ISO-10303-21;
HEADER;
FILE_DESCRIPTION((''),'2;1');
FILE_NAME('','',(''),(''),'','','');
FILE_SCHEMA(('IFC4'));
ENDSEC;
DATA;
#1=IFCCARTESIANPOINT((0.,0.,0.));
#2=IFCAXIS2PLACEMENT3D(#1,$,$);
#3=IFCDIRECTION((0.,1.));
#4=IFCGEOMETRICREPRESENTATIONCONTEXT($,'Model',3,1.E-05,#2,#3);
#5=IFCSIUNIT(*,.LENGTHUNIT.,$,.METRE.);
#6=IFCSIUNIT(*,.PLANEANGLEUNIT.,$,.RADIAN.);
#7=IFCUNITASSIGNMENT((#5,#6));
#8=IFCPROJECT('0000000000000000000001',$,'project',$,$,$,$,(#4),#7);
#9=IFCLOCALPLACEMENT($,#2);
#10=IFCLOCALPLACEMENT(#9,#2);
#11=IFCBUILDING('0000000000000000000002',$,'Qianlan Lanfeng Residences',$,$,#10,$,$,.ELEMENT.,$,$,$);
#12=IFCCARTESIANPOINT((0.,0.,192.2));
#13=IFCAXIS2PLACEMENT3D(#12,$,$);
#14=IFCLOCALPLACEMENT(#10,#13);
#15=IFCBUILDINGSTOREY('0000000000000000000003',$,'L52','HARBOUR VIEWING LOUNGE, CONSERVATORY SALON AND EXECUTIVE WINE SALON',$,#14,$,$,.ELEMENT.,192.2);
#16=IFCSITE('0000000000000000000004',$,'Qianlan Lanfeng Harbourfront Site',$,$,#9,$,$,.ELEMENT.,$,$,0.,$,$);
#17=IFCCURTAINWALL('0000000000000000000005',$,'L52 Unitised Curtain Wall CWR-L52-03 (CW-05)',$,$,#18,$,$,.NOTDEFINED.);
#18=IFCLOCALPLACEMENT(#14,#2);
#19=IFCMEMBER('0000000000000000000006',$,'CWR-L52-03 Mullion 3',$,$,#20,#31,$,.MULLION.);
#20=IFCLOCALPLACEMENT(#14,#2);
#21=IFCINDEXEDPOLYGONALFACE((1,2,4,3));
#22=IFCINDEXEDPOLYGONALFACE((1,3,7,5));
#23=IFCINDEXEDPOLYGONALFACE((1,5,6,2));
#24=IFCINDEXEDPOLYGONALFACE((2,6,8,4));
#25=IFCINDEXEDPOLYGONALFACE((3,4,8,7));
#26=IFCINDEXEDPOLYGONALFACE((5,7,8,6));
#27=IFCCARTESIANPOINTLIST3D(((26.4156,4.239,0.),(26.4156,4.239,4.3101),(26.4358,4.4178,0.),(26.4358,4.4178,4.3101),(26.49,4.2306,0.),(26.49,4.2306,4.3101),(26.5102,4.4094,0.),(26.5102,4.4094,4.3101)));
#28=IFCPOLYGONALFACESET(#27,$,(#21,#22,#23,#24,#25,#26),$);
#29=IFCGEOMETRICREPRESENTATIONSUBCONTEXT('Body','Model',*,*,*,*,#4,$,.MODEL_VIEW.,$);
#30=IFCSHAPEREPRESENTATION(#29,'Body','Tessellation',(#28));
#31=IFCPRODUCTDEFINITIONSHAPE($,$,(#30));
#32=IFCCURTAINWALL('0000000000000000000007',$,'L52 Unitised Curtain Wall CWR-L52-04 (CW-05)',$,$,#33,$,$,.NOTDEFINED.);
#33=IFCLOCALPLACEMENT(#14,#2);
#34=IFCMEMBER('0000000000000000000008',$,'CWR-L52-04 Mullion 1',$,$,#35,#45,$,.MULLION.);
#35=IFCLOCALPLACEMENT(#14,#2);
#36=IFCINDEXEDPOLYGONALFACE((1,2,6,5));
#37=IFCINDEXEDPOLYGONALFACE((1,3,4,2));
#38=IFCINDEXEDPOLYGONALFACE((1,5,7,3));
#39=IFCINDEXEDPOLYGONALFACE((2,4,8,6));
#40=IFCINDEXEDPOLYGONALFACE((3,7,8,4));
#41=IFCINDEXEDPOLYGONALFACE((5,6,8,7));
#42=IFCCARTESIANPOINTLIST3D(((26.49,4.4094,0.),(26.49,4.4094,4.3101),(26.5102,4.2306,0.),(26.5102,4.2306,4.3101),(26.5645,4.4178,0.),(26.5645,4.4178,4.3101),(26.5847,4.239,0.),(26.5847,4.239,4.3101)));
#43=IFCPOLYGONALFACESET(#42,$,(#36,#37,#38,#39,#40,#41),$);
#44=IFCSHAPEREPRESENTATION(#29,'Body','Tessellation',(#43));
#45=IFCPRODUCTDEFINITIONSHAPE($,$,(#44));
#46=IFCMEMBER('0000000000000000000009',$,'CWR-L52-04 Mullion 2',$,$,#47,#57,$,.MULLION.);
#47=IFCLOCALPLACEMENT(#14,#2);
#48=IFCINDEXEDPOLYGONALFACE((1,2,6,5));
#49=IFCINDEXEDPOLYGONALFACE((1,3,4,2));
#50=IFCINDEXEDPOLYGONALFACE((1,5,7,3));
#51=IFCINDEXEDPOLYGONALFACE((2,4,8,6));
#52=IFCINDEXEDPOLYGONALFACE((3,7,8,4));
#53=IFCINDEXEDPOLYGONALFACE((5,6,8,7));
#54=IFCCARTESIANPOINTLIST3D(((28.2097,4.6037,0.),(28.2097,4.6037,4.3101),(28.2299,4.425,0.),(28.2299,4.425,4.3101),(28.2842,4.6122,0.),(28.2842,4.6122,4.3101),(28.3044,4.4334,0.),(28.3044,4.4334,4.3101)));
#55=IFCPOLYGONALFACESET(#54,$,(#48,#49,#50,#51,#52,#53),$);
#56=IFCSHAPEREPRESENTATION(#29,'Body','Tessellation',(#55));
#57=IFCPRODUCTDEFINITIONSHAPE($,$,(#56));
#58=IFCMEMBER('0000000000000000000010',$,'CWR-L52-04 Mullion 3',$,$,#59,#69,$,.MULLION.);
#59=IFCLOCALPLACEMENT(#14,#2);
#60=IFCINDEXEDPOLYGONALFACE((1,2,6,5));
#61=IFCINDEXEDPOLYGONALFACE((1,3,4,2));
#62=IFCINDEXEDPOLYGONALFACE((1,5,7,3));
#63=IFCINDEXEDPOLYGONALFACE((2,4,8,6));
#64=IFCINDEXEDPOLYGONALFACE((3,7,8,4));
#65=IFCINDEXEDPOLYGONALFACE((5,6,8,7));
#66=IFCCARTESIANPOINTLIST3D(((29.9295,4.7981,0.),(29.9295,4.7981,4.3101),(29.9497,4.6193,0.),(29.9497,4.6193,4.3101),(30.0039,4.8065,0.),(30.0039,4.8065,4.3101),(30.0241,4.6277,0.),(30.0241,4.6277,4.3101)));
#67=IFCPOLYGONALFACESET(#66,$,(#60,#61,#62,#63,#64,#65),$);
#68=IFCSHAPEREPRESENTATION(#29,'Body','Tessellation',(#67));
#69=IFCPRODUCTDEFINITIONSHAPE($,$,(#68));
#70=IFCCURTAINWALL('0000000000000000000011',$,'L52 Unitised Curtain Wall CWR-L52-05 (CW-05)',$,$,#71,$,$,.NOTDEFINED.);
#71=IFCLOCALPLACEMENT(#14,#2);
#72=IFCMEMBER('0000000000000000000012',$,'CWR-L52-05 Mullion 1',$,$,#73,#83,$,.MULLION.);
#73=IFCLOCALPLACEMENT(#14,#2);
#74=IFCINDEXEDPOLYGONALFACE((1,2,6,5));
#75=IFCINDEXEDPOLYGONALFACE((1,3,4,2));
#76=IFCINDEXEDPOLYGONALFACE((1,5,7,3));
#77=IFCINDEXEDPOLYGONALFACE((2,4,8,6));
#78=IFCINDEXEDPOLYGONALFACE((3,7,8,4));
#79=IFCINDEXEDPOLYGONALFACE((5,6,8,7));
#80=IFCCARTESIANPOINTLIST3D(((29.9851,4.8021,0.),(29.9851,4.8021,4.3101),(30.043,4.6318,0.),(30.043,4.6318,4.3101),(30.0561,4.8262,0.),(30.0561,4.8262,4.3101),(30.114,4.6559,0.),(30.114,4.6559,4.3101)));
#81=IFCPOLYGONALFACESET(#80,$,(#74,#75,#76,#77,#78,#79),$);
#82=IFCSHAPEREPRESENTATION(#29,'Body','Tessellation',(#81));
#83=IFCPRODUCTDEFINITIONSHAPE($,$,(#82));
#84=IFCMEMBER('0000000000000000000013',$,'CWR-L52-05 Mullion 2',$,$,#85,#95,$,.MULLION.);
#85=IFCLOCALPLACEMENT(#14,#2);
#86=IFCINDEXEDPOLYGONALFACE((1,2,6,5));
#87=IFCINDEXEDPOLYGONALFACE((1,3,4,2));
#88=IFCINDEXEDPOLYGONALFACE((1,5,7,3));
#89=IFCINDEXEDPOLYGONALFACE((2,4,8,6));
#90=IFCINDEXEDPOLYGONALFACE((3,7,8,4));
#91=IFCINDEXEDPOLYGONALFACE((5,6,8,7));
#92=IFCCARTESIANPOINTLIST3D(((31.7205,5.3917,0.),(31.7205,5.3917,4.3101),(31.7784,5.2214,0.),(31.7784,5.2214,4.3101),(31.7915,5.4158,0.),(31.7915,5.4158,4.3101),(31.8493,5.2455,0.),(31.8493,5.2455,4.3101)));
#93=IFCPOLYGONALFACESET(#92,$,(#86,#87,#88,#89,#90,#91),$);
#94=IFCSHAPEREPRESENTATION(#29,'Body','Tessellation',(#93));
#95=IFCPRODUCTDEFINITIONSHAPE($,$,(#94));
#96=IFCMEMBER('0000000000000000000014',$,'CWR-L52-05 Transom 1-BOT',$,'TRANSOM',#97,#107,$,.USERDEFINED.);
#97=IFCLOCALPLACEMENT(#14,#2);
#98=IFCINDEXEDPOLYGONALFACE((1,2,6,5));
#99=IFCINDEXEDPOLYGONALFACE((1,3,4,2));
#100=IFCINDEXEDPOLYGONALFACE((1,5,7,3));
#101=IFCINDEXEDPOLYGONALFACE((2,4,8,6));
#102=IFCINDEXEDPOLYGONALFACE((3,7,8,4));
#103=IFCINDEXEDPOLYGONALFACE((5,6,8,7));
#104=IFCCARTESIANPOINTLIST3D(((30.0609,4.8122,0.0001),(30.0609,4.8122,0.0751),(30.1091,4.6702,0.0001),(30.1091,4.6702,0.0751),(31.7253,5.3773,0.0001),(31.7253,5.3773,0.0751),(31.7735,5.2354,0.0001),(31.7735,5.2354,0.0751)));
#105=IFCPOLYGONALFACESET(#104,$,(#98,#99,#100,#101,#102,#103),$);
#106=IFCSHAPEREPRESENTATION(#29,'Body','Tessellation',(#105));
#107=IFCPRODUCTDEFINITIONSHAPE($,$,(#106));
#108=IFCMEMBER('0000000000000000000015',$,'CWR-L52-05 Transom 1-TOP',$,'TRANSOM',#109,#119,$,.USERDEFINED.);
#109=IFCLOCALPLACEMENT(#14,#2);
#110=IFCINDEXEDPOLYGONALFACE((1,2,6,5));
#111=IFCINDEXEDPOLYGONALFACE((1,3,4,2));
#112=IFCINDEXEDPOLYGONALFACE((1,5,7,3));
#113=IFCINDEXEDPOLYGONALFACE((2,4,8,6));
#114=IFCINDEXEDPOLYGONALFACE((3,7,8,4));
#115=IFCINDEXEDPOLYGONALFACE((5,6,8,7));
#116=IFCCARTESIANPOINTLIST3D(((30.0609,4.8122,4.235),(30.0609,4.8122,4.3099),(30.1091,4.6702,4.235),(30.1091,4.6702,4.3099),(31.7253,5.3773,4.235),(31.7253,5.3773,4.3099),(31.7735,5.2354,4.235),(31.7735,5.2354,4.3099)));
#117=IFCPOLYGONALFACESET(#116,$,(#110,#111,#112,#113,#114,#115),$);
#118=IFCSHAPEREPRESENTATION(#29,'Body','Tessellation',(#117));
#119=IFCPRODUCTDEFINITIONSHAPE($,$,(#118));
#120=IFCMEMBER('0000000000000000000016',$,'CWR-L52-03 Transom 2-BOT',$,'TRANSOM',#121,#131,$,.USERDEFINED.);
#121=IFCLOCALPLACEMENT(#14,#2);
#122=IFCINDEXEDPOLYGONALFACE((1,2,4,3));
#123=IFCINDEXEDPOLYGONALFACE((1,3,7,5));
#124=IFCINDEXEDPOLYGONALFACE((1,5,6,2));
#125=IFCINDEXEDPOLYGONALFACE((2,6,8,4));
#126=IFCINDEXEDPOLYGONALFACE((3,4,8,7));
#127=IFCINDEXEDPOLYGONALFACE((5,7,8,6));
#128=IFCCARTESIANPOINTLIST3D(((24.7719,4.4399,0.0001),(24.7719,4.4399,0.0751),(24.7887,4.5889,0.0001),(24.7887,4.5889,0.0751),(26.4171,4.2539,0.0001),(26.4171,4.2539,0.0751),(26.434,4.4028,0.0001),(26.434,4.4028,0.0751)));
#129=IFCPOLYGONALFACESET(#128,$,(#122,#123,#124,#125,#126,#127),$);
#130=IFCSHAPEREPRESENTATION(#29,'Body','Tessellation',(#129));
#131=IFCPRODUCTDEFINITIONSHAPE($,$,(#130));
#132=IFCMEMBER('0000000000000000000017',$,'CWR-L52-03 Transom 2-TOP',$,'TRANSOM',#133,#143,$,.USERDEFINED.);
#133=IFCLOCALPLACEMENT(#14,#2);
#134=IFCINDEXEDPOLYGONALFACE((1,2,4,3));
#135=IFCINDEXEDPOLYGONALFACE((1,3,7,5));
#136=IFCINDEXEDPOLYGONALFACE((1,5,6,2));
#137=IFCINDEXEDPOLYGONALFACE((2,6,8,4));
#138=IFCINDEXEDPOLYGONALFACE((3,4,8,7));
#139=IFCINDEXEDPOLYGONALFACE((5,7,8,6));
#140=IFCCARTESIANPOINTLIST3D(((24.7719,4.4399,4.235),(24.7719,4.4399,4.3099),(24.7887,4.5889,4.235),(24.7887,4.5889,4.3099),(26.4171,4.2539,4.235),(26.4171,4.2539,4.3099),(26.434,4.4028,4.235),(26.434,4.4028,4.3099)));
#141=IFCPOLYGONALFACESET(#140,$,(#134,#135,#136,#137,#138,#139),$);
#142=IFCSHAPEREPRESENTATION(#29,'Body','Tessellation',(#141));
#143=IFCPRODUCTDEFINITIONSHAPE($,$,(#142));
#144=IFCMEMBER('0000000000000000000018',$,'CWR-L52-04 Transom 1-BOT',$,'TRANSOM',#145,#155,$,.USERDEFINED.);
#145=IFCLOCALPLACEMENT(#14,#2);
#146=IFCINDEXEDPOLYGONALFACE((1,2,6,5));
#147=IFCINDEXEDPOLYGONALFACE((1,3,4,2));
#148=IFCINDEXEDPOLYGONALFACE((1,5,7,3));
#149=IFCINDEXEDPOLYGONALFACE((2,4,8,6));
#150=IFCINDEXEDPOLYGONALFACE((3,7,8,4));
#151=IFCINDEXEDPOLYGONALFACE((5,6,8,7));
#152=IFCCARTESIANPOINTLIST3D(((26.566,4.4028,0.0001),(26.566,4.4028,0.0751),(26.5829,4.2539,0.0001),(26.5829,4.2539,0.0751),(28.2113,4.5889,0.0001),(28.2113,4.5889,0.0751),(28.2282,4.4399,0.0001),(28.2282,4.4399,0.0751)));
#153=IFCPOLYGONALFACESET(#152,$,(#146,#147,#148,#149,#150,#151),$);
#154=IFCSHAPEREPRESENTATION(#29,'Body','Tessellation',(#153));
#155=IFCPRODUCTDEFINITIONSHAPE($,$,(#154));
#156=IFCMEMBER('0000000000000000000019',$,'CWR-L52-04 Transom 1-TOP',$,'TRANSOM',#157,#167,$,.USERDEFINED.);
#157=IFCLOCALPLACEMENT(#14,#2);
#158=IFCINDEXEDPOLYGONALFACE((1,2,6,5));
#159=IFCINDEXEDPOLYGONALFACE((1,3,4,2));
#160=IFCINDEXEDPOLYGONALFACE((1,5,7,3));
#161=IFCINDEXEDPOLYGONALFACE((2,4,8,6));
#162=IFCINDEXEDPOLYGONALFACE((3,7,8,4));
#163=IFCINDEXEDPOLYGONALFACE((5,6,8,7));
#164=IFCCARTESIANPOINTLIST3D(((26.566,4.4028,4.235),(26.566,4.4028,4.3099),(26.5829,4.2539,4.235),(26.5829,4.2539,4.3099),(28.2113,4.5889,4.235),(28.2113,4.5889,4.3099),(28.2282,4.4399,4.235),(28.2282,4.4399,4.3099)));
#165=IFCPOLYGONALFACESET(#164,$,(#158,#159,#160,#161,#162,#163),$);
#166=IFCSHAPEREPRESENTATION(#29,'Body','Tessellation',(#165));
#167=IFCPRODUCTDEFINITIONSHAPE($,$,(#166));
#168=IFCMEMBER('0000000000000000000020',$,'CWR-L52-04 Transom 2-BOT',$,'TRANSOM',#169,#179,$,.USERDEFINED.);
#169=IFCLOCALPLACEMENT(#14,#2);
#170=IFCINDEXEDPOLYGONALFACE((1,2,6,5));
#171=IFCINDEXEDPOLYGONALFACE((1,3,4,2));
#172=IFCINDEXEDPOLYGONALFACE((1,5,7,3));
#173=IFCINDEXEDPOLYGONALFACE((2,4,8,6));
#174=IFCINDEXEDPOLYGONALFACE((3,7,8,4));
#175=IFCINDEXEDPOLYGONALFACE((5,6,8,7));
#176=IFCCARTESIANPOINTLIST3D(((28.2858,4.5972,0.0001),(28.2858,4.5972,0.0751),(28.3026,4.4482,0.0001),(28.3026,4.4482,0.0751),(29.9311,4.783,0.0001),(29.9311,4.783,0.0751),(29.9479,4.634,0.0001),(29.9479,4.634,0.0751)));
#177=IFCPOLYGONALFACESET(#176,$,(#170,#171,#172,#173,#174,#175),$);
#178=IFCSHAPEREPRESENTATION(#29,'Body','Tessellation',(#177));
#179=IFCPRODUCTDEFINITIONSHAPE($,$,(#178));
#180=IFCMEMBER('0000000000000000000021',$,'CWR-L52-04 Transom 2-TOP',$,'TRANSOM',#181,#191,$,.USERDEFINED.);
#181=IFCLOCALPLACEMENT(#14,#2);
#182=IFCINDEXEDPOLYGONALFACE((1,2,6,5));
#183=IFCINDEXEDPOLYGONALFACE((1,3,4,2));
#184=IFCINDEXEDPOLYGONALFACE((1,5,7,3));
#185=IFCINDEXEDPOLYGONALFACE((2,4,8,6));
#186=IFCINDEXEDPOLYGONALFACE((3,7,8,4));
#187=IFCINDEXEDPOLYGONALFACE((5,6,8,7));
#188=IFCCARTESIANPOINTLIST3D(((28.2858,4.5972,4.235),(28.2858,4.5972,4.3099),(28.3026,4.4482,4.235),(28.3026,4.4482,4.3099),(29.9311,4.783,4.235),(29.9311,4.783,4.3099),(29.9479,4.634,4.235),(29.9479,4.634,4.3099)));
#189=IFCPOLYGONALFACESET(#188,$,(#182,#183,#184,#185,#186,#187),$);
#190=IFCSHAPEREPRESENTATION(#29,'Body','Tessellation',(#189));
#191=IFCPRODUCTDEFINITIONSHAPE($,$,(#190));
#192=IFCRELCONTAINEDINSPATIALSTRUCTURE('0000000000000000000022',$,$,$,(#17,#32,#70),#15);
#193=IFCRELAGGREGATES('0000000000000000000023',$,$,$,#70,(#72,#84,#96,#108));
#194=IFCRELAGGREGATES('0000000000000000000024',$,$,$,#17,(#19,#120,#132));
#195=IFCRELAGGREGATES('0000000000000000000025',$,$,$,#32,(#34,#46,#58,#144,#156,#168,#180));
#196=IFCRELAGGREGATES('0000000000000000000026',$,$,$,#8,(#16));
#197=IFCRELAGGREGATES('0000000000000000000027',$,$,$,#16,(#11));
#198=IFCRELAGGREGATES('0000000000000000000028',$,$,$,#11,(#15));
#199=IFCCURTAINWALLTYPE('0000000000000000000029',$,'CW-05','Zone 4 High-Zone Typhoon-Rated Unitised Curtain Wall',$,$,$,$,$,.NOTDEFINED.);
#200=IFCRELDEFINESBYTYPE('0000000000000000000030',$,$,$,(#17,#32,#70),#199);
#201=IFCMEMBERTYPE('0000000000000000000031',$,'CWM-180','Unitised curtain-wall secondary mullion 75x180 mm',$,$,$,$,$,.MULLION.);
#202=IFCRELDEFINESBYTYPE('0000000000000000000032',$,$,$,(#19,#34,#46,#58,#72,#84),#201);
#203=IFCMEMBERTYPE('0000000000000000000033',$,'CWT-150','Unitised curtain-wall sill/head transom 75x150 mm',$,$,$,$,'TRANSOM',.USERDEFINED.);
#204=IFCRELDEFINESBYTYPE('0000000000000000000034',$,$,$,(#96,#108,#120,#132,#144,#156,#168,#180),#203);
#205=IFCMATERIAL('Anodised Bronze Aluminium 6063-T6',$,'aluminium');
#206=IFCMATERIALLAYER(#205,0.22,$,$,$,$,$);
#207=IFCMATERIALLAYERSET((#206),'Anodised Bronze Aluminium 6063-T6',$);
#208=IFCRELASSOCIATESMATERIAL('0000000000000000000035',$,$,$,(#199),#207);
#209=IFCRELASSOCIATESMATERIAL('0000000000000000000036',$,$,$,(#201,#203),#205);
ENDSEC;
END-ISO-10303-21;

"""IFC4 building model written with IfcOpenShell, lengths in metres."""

from ifc_helpers import new_model, si_unit, direction, frame, origin, origin_2d, place, context, subcontext, project, spatial, rectangle, extrude, source, transform, mapped, material, layer, layer_set, material_profile, profile_set, type_object, element, aggregate, save


model = new_model("IFC4")

# Units and contexts
model_context = context("Model", 3, precision=1e-05, world=origin(), true_north=direction((0.0, 1.0)))
body_context = subcontext(model_context, "Body", "Model", "MODEL_VIEW")
ifc_project = project(units=[si_unit("LENGTHUNIT", "METRE"), si_unit("PLANEANGLEUNIT", "RADIAN")], contexts=[model_context])

# Site, building, storey
site_placement = place(None, origin())
site = spatial("IfcSite", under=ifc_project, at=site_placement, Name="Qianlan Lanfeng Harbourfront Site", CompositionType="ELEMENT", RefElevation=0.0)
building_placement = place(site_placement, origin())
building = spatial("IfcBuilding", under=site, at=building_placement, Name="Qianlan Lanfeng Residences", CompositionType="ELEMENT")
storey_placement = place(building_placement, frame((0.0, 0.0, 192.2)))
storey = spatial("IfcBuildingStorey", under=building, at=storey_placement, Name="L52", Description="HARBOUR VIEWING LOUNGE, CONSERVATORY SALON AND EXECUTIVE WINE SALON", CompositionType="ELEMENT", Elevation=192.2)

# Curtain walls, members
ifc_material_1 = material(Name="Anodised Bronze Aluminium 6063-T6", Category="aluminium")
ifc_layer_1 = layer(ifc_material_1, 0.22)
ifc_layer_set_1 = layer_set([ifc_layer_1], Name="Anodised Bronze Aluminium 6063-T6")
curtain_wall_type = type_object("IfcCurtainWallType", Name="CW-05", Description="Zone 4 High-Zone Typhoon-Rated Unitised Curtain Wall", PredefinedType="NOTDEFINED", material=ifc_layer_set_1)
curtain_wall_1_placement = place(storey_placement, origin())
curtain_wall_1 = element("IfcCurtainWall", 1, at=curtain_wall_1_placement, inside=storey, type_object=curtain_wall_type, Name="L52 Unitised Curtain Wall CWR-L52-03 (CW-05)", PredefinedType="NOTDEFINED")
ifc_material_profile_1 = material_profile(ifc_material_1, rectangle(XDim=0.075, YDim=0.1799, at=origin_2d()), Name="ALU MULLION 75x180")
ifc_profile_set_1 = profile_set([ifc_material_profile_1], Name="Anodised Bronze Aluminium 6063-T6")
member_type_1 = type_object("IfcMemberType", Name="CWM-180", Description="Unitised curtain-wall secondary mullion 75x180 mm", PredefinedType="MULLION", material=ifc_profile_set_1)
shared_shape_1 = source(origin(), body_context, "Body", "SweptSolid", [
    extrude(rectangle(XDim=0.075, YDim=0.1799, at=origin_2d()), origin(), (0.0, 0.0, 1.0), 4.3101),
])
member_1_placement = place(storey_placement, frame((26.4629, 4.3242, 0.0), z_axis=(0.0, 0.0, 1.0), x_axis=(0.993678, -0.112263, 0.0)))
member_1 = element("IfcMember", 2, at=member_1_placement, type_object=member_type_1, Name="CWR-L52-03 Mullion 3", PredefinedType="MULLION", context=body_context, shape_type="MappedRepresentation", body=[
    mapped(shared_shape_1, transform((0.0, 0.0, 0.0), scale=1.0)),
])
curtain_wall_2_placement = place(storey_placement, origin())
curtain_wall_2 = element("IfcCurtainWall", 3, at=curtain_wall_2_placement, inside=storey, type_object=curtain_wall_type, Name="L52 Unitised Curtain Wall CWR-L52-04 (CW-05)", PredefinedType="NOTDEFINED")
member_2_placement = place(storey_placement, frame((26.5374, 4.3242, 0.0), z_axis=(0.0, 0.0, 1.0), x_axis=(0.993678, 0.112263, 0.0)))
member_2 = element("IfcMember", 4, at=member_2_placement, type_object=member_type_1, Name="CWR-L52-04 Mullion 1", PredefinedType="MULLION", context=body_context, shape_type="MappedRepresentation", body=[
    mapped(shared_shape_1, transform((0.0, 0.0, 0.0), scale=1.0)),
])
member_3_placement = place(storey_placement, frame((28.2571, 4.5186, 0.0), z_axis=(0.0, 0.0, 1.0), x_axis=(0.993678, 0.112263, 0.0)))
member_3 = element("IfcMember", 5, at=member_3_placement, type_object=member_type_1, Name="CWR-L52-04 Mullion 2", PredefinedType="MULLION", context=body_context, shape_type="MappedRepresentation", body=[
    mapped(shared_shape_1, transform((0.0, 0.0, 0.0), scale=1.0)),
])
member_4_placement = place(storey_placement, frame((29.9768, 4.7129, 0.0), z_axis=(0.0, 0.0, 1.0), x_axis=(0.993678, 0.112263, 0.0)))
member_4 = element("IfcMember", 6, at=member_4_placement, type_object=member_type_1, Name="CWR-L52-04 Mullion 3", PredefinedType="MULLION", context=body_context, shape_type="MappedRepresentation", body=[
    mapped(shared_shape_1, transform((0.0, 0.0, 0.0), scale=1.0)),
])
curtain_wall_3_placement = place(storey_placement, origin())
curtain_wall_3 = element("IfcCurtainWall", 7, at=curtain_wall_3_placement, inside=storey, type_object=curtain_wall_type, Name="L52 Unitised Curtain Wall CWR-L52-05 (CW-05)", PredefinedType="NOTDEFINED")
member_5_placement = place(storey_placement, frame((30.0496, 4.729, 0.0), z_axis=(0.0, 0.0, 1.0), x_axis=(0.946877, 0.321596, 0.0)))
member_5 = element("IfcMember", 8, at=member_5_placement, type_object=member_type_1, Name="CWR-L52-05 Mullion 1", PredefinedType="MULLION", context=body_context, shape_type="MappedRepresentation", body=[
    mapped(shared_shape_1, transform((0.0, 0.0, 0.0), scale=1.0)),
])
member_6_placement = place(storey_placement, frame((31.7849, 5.3186, 0.0), z_axis=(0.0, 0.0, 1.0), x_axis=(0.946877, 0.321596, 0.0)))
member_6 = element("IfcMember", 9, at=member_6_placement, type_object=member_type_1, Name="CWR-L52-05 Mullion 2", PredefinedType="MULLION", context=body_context, shape_type="MappedRepresentation", body=[
    mapped(shared_shape_1, transform((0.0, 0.0, 0.0), scale=1.0)),
])
ifc_material_profile_2 = material_profile(ifc_material_1, rectangle(XDim=0.075, YDim=0.1499, at=origin_2d()), Name="ALU TRANSOM 75x150")
ifc_profile_set_2 = profile_set([ifc_material_profile_2], Name="Anodised Bronze Aluminium 6063-T6")
member_type_2 = type_object("IfcMemberType", Name="CWT-150", Description="Unitised curtain-wall sill/head transom 75x150 mm", ElementType="TRANSOM", PredefinedType="USERDEFINED", material=ifc_profile_set_2)
shared_shape_2 = source(origin(), body_context, "Body", "SweptSolid", [
    extrude(rectangle(XDim=0.075, YDim=0.1499, at=origin_2d()), origin(), (0.0, 0.0, 1.0), 1.7578),
])
member_7_placement = place(storey_placement, frame((30.085, 4.7412, 0.0376), z_axis=(0.946905, 0.321514, 0.0), x_axis=(0.0, 0.0, 1.0)))
member_7 = element("IfcMember", 10, at=member_7_placement, type_object=member_type_2, Name="CWR-L52-05 Transom 1-BOT", ObjectType="TRANSOM", PredefinedType="USERDEFINED", context=body_context, shape_type="MappedRepresentation", body=[
    mapped(shared_shape_2, transform((0.0, 0.0, 0.0), scale=1.0)),
])
member_8_placement = place(storey_placement, frame((30.085, 4.7412, 4.2725), z_axis=(0.946905, 0.321514, 0.0), x_axis=(0.0, 0.0, 1.0)))
member_8 = element("IfcMember", 11, at=member_8_placement, type_object=member_type_2, Name="CWR-L52-05 Transom 1-TOP", ObjectType="TRANSOM", PredefinedType="USERDEFINED", context=body_context, shape_type="MappedRepresentation", body=[
    mapped(shared_shape_2, transform((0.0, 0.0, 0.0), scale=1.0)),
])

# Members
shared_shape_3 = source(origin(), body_context, "Body", "SweptSolid", [
    extrude(rectangle(XDim=0.075, YDim=0.1499, at=origin_2d()), origin(), (0.0, 0.0, 1.0), 1.6558),
])
member_9_placement = place(storey_placement, frame((24.7803, 4.5144, 0.0376), z_axis=(0.993668, -0.112357, 0.0), x_axis=(0.0, 0.0, 1.0)))
member_9 = element("IfcMember", 12, at=member_9_placement, type_object=member_type_2, Name="CWR-L52-03 Transom 2-BOT", ObjectType="TRANSOM", PredefinedType="USERDEFINED", context=body_context, shape_type="MappedRepresentation", body=[
    mapped(shared_shape_3, transform((0.0, 0.0, 0.0), scale=1.0)),
])
member_10_placement = place(storey_placement, frame((24.7803, 4.5144, 4.2725), z_axis=(0.993668, -0.112357, 0.0), x_axis=(0.0, 0.0, 1.0)))
member_10 = element("IfcMember", 13, at=member_10_placement, type_object=member_type_2, Name="CWR-L52-03 Transom 2-TOP", ObjectType="TRANSOM", PredefinedType="USERDEFINED", context=body_context, shape_type="MappedRepresentation", body=[
    mapped(shared_shape_3, transform((0.0, 0.0, 0.0), scale=1.0)),
])
member_11_placement = place(storey_placement, frame((26.5745, 4.3284, 0.0376), z_axis=(0.993668, 0.112357, 0.0), x_axis=(0.0, 0.0, 1.0)))
member_11 = element("IfcMember", 14, at=member_11_placement, type_object=member_type_2, Name="CWR-L52-04 Transom 1-BOT", ObjectType="TRANSOM", PredefinedType="USERDEFINED", context=body_context, shape_type="MappedRepresentation", body=[
    mapped(shared_shape_3, transform((0.0, 0.0, 0.0), scale=1.0)),
])
member_12_placement = place(storey_placement, frame((26.5745, 4.3284, 4.2725), z_axis=(0.993668, 0.112357, 0.0), x_axis=(0.0, 0.0, 1.0)))
member_12 = element("IfcMember", 15, at=member_12_placement, type_object=member_type_2, Name="CWR-L52-04 Transom 1-TOP", ObjectType="TRANSOM", PredefinedType="USERDEFINED", context=body_context, shape_type="MappedRepresentation", body=[
    mapped(shared_shape_3, transform((0.0, 0.0, 0.0), scale=1.0)),
])
member_13_placement = place(storey_placement, frame((28.2942, 4.5227, 0.0376), z_axis=(0.993684, 0.112212, 0.0), x_axis=(0.0, 0.0, 1.0)))
member_13 = element("IfcMember", 16, at=member_13_placement, type_object=member_type_2, Name="CWR-L52-04 Transom 2-BOT", ObjectType="TRANSOM", PredefinedType="USERDEFINED", context=body_context, shape_type="MappedRepresentation", body=[
    mapped(shared_shape_3, transform((0.0, 0.0, 0.0), scale=1.0)),
])
member_14_placement = place(storey_placement, frame((28.2942, 4.5227, 4.2725), z_axis=(0.993684, 0.112212, 0.0), x_axis=(0.0, 0.0, 1.0)))
member_14 = element("IfcMember", 17, at=member_14_placement, type_object=member_type_2, Name="CWR-L52-04 Transom 2-TOP", ObjectType="TRANSOM", PredefinedType="USERDEFINED", context=body_context, shape_type="MappedRepresentation", body=[
    mapped(shared_shape_3, transform((0.0, 0.0, 0.0), scale=1.0)),
])

aggregate(curtain_wall_3, [member_5, member_6, member_7, member_8])
aggregate(curtain_wall_1, [member_1, member_9, member_10])
aggregate(curtain_wall_2, [member_2, member_3, member_4, member_11, member_12, member_13, member_14])

save(model, "model.ifc")
